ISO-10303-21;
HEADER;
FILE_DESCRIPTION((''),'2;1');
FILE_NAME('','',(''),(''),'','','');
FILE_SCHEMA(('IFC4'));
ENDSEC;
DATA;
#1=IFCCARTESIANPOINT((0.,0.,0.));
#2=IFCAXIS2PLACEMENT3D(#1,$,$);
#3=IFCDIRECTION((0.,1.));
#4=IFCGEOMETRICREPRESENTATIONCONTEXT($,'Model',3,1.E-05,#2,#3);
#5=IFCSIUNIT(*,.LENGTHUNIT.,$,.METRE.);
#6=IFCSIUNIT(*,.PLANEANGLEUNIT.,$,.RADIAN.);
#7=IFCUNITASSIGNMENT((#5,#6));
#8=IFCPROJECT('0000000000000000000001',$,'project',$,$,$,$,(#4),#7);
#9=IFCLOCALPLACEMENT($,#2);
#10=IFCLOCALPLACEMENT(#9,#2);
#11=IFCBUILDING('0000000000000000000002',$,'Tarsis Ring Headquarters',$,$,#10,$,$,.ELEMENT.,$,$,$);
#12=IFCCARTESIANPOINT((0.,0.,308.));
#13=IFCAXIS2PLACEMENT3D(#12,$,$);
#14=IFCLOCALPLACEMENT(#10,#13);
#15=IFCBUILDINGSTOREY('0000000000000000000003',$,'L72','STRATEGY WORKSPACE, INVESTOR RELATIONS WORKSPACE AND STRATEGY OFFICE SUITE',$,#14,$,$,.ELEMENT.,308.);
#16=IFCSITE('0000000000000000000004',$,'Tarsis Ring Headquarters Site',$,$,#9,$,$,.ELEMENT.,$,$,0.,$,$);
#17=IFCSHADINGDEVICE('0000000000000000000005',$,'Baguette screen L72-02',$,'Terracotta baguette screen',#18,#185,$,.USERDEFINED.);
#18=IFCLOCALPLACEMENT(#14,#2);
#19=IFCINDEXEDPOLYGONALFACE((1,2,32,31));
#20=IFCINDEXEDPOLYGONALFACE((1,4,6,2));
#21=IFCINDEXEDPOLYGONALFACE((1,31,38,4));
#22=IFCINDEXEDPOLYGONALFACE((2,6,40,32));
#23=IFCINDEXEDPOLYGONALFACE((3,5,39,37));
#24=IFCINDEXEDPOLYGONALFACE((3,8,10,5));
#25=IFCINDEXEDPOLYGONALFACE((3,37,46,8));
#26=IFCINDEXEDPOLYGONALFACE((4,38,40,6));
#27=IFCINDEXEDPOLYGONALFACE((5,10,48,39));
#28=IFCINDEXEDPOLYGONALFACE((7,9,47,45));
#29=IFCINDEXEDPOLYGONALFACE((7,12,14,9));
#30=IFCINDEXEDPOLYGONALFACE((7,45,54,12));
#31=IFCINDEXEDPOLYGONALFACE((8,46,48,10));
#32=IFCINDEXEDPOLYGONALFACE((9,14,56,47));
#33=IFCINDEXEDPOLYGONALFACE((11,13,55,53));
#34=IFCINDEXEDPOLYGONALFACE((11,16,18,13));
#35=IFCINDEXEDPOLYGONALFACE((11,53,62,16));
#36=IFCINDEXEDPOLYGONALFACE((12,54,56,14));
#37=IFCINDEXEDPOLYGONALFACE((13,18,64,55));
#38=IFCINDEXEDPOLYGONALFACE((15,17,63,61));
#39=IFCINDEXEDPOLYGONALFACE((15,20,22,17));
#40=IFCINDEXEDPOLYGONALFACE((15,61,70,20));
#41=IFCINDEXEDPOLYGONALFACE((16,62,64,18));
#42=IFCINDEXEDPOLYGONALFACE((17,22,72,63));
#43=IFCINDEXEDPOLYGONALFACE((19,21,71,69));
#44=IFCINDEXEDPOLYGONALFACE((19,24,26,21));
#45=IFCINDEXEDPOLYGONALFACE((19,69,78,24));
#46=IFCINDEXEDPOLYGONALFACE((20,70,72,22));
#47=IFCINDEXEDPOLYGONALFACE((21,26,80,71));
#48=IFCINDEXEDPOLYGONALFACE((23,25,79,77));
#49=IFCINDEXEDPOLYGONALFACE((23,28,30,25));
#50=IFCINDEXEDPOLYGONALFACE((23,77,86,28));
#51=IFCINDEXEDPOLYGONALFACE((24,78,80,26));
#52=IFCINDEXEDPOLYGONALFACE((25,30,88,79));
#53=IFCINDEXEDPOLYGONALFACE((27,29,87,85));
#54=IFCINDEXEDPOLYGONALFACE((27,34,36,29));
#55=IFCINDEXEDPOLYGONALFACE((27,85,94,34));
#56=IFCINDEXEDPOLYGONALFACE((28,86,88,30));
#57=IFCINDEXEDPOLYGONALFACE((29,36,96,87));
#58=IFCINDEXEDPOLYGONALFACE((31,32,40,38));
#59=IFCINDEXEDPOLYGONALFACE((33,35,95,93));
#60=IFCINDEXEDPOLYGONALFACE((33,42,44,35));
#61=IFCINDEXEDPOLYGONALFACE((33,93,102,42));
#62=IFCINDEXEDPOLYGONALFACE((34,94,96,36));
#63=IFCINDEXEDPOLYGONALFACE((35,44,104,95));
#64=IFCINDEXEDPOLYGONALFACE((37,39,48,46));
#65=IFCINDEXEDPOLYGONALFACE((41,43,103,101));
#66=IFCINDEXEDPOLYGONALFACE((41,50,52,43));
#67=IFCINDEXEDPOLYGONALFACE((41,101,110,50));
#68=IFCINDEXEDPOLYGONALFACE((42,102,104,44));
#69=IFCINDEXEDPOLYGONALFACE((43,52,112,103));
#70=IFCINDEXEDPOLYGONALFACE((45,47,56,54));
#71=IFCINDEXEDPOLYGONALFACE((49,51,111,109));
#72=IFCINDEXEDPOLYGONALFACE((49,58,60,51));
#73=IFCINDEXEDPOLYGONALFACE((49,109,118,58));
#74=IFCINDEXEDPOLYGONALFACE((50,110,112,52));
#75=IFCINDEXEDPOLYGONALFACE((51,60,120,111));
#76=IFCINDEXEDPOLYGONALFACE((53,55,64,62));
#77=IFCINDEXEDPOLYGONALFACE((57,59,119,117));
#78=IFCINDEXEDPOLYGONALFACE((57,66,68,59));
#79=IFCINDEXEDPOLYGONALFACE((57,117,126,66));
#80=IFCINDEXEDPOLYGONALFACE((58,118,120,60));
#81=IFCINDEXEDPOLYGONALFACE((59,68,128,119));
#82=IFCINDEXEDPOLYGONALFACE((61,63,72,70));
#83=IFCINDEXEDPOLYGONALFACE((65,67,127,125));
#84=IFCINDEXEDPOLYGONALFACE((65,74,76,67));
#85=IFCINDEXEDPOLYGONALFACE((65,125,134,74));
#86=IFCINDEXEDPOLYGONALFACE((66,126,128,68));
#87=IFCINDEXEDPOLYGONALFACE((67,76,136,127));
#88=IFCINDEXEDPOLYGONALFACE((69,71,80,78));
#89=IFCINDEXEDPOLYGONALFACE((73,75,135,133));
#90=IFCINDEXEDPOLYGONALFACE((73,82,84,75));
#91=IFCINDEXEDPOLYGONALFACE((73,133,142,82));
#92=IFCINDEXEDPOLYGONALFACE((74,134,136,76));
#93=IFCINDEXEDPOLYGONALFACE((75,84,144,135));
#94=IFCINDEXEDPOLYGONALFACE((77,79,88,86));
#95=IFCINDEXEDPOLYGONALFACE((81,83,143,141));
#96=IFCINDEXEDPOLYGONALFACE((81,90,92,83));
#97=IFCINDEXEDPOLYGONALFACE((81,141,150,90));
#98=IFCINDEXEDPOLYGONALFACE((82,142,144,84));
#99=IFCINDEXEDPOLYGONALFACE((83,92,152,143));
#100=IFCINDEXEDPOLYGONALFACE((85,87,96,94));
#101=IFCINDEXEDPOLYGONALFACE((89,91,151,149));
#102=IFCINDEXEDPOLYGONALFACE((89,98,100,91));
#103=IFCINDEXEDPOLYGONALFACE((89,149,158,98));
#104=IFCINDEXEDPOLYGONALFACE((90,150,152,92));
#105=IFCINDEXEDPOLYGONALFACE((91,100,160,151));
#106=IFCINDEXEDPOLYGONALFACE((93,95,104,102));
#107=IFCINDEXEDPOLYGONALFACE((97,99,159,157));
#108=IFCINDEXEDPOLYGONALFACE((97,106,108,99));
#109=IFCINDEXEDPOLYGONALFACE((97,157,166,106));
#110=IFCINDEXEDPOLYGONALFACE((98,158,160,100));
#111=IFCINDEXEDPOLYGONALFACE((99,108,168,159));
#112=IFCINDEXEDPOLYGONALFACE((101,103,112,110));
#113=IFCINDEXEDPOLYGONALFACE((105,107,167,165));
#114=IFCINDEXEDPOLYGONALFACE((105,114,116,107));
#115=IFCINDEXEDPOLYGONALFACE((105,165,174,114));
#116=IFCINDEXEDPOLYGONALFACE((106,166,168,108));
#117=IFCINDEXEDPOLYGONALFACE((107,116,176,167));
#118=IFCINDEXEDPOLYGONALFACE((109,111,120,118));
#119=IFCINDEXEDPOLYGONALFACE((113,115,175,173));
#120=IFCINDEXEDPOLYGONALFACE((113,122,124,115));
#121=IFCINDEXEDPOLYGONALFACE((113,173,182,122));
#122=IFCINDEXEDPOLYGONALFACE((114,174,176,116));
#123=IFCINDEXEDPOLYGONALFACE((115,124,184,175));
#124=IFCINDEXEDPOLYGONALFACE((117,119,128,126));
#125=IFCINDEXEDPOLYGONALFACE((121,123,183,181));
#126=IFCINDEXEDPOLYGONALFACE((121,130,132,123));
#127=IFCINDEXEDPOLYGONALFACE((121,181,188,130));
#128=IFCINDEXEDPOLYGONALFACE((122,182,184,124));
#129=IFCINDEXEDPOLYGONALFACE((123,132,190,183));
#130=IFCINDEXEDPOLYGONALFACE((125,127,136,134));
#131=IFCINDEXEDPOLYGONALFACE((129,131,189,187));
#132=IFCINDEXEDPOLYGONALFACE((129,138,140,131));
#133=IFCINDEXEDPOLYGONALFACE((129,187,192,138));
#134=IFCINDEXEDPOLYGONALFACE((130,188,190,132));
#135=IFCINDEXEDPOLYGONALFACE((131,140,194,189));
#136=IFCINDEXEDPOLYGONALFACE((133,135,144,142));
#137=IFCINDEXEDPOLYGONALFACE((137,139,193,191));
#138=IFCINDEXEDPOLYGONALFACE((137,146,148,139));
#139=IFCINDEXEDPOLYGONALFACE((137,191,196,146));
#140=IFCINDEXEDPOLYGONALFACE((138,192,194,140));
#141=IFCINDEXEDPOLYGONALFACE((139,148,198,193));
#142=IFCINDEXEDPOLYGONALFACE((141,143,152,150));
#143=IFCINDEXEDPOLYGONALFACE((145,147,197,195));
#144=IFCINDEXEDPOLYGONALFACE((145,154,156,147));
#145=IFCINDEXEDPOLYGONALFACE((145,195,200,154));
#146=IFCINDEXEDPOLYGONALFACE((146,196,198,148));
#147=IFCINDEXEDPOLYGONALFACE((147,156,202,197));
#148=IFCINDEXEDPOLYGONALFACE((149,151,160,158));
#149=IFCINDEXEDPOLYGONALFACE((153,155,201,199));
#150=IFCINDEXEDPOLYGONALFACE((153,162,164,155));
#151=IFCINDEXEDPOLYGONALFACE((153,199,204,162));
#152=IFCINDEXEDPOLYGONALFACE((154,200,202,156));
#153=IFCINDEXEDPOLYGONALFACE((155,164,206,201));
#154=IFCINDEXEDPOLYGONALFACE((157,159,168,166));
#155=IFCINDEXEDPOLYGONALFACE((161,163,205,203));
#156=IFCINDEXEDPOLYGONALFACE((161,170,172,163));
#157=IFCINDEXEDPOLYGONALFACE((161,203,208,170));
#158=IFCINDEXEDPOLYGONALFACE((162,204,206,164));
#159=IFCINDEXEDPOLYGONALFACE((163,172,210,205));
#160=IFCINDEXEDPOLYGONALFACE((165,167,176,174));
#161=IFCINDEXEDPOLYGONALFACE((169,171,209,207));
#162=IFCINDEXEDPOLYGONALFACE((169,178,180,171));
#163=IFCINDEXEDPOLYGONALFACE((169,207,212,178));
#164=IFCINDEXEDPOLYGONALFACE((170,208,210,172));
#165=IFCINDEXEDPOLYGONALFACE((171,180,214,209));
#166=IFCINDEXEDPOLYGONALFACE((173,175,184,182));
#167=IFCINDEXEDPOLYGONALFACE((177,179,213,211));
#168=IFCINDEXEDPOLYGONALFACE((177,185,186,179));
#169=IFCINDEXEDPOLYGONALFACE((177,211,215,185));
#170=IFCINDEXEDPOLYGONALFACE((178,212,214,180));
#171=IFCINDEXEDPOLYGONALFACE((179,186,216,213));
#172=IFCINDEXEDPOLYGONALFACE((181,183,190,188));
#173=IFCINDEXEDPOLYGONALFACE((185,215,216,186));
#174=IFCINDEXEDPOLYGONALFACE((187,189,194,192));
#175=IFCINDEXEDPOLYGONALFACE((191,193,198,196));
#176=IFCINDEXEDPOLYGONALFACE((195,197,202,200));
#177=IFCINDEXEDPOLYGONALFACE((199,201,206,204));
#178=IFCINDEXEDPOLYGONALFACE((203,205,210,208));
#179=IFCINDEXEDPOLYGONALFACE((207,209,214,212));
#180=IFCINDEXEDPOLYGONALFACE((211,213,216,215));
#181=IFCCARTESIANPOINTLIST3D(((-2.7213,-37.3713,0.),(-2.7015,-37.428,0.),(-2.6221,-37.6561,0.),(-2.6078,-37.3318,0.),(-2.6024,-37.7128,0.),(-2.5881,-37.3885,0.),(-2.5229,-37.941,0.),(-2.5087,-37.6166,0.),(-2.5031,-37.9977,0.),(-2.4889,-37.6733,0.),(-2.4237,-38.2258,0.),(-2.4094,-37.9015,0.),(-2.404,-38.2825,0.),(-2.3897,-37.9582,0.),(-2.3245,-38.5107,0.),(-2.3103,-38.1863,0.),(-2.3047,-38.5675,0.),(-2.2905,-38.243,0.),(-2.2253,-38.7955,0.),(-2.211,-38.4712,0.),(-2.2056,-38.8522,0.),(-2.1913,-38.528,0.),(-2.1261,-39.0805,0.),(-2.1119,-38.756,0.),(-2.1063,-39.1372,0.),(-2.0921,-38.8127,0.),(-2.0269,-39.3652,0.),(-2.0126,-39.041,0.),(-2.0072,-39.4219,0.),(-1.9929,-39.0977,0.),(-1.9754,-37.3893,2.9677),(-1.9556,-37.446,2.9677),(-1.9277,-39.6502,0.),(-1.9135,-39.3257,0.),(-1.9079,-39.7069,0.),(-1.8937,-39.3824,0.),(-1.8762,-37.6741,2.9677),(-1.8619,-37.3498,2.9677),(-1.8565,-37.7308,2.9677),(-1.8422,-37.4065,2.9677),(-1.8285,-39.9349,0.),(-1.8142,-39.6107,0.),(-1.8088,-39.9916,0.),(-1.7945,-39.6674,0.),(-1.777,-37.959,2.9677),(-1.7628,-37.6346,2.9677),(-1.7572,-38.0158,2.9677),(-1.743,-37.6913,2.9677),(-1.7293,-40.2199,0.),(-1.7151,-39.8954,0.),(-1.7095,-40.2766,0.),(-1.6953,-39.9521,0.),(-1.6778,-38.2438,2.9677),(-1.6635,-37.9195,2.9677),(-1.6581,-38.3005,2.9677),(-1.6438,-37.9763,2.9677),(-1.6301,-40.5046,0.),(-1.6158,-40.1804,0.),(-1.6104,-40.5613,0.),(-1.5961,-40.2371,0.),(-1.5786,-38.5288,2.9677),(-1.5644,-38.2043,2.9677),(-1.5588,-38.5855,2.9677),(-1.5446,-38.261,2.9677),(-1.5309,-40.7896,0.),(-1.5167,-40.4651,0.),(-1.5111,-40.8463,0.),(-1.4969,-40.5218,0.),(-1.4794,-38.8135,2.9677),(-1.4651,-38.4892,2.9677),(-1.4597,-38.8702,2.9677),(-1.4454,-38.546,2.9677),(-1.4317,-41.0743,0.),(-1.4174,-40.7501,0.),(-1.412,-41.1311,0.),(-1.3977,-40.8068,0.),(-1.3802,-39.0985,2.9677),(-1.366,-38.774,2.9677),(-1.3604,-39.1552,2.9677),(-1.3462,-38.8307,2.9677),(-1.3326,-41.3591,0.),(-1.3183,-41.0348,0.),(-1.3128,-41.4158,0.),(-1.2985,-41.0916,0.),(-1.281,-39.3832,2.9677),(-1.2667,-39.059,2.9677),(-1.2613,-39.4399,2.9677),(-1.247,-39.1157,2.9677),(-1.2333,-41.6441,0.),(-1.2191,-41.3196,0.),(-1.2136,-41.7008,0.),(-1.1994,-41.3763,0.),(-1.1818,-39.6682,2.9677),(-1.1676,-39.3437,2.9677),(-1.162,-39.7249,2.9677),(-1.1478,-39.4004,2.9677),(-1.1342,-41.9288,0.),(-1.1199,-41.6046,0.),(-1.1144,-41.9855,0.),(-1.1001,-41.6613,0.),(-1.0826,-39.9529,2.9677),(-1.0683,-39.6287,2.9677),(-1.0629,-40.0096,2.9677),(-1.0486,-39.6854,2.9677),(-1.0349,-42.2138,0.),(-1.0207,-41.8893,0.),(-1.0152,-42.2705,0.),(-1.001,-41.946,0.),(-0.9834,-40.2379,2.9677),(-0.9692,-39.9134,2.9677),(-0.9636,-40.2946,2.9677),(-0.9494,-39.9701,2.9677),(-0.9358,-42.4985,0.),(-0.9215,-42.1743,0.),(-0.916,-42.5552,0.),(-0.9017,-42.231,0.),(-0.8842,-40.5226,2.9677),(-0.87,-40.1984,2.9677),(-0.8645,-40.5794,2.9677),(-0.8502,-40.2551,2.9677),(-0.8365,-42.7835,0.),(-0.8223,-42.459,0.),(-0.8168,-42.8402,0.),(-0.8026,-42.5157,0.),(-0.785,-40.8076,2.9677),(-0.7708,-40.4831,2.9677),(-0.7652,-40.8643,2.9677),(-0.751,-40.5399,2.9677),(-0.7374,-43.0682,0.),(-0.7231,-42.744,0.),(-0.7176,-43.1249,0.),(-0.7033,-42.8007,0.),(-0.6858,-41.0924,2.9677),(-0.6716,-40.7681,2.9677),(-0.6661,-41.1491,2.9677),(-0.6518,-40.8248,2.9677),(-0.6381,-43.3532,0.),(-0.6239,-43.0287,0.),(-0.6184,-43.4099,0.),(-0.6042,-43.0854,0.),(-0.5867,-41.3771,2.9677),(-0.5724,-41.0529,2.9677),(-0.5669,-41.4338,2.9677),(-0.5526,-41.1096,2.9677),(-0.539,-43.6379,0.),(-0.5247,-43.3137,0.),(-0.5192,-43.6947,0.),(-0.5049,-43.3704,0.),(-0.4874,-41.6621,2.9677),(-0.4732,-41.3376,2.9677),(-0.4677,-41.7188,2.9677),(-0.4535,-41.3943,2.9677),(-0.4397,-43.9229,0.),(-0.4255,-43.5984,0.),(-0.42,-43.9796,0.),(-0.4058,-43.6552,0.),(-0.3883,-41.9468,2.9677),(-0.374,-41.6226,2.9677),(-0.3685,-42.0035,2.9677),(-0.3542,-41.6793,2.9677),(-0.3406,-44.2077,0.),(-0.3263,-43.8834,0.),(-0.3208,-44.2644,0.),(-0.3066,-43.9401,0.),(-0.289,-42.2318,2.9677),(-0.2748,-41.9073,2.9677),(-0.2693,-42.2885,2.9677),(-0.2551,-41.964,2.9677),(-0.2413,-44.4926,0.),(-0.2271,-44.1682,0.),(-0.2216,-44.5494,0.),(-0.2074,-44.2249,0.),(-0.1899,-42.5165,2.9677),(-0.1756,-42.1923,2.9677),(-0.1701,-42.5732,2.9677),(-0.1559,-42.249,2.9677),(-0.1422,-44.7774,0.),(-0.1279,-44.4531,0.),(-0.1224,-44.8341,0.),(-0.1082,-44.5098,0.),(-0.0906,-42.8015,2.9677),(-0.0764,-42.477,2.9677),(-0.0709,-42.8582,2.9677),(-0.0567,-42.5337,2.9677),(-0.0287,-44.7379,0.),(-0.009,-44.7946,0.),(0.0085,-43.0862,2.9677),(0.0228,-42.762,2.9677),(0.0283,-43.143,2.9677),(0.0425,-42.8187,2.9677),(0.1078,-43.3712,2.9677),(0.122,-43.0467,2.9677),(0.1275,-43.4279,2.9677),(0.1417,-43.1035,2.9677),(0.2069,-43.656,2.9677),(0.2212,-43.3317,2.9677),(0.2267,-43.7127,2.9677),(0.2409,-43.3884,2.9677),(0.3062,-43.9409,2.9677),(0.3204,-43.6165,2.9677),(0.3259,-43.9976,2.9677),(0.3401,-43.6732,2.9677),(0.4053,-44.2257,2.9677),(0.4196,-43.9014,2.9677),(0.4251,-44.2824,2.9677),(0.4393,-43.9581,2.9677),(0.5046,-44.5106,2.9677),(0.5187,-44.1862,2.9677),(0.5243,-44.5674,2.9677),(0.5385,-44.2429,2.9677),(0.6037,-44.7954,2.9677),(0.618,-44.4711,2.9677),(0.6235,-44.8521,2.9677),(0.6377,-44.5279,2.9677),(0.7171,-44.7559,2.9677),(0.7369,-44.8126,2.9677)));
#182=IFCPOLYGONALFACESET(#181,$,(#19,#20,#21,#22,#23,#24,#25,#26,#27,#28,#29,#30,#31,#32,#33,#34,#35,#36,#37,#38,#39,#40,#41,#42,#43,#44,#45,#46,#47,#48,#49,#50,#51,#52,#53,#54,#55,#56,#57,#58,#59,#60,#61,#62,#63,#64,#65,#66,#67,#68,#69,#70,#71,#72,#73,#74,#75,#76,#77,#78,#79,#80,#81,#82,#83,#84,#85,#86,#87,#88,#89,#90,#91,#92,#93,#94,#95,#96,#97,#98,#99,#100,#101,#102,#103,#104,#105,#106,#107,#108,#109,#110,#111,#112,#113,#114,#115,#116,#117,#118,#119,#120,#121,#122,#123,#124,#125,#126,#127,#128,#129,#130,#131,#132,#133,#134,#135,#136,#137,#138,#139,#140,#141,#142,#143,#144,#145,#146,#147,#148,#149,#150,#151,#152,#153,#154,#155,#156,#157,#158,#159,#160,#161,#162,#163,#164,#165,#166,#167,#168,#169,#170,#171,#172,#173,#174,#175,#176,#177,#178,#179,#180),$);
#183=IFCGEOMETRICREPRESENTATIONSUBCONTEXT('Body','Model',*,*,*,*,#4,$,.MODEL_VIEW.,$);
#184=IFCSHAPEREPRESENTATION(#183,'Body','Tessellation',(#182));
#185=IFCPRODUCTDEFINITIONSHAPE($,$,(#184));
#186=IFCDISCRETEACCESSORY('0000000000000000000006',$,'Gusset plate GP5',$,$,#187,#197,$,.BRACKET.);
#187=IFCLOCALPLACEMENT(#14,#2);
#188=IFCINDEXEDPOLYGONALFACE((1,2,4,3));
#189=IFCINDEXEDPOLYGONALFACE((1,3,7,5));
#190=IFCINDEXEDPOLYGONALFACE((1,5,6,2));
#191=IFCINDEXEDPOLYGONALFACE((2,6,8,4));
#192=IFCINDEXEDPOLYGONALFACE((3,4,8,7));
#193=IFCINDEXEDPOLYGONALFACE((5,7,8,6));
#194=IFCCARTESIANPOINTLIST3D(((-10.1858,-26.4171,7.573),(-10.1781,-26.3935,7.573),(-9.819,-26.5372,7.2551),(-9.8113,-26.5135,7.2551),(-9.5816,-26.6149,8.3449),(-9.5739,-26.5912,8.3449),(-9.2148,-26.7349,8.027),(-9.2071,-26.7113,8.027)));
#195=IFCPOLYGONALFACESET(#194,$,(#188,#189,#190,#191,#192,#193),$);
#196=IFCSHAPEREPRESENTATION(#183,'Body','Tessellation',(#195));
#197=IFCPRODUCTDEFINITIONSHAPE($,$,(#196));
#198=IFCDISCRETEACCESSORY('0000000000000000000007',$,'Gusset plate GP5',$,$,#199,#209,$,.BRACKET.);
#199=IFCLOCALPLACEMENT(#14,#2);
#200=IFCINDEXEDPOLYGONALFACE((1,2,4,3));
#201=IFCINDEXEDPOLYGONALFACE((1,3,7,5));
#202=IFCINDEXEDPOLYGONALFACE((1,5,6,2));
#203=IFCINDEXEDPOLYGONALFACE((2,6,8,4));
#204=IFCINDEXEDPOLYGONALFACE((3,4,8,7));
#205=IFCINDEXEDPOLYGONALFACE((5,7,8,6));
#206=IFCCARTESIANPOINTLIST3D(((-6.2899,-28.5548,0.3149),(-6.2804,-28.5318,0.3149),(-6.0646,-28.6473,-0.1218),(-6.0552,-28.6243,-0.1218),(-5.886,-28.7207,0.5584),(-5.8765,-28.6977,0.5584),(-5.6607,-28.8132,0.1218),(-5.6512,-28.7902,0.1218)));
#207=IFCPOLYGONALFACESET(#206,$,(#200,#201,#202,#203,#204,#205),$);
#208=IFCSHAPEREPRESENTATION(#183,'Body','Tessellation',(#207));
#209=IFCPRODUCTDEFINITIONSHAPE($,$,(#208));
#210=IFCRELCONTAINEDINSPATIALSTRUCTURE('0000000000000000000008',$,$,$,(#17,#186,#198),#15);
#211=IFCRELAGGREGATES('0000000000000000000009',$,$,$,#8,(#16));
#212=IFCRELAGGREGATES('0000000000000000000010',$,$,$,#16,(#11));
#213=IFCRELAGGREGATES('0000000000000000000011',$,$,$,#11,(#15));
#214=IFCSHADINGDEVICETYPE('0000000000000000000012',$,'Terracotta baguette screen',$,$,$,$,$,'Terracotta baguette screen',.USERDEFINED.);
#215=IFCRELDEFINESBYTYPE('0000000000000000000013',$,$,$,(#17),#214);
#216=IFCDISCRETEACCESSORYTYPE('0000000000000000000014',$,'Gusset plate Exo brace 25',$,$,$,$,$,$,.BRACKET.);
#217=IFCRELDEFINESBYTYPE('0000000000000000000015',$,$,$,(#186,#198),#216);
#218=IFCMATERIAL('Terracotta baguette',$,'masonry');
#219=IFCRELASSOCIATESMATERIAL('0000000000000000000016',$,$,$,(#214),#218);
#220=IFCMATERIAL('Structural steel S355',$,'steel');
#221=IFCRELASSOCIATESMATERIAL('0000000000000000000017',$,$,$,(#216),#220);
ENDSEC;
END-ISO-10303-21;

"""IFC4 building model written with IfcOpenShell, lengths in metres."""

from ifc_helpers import new_model, si_unit, direction, frame, frame_2d, origin, origin_2d, place, context, subcontext, project, spatial, rectangle, composite_profile, extrude, material, material_profile, profile_set, type_object, element, save


model = new_model("IFC4")

# Units and contexts
model_context = context("Model", 3, precision=1e-05, world=origin(), true_north=direction((0.0, 1.0)))
body_context = subcontext(model_context, "Body", "Model", "MODEL_VIEW")
ifc_project = project(units=[si_unit("LENGTHUNIT", "METRE"), si_unit("PLANEANGLEUNIT", "RADIAN")], contexts=[model_context])

# Site, building, storey
site_placement = place(None, origin())
site = spatial("IfcSite", under=ifc_project, at=site_placement, Name="Tarsis Ring Headquarters Site", CompositionType="ELEMENT", RefElevation=0.0)
building_placement = place(site_placement, origin())
building = spatial("IfcBuilding", under=site, at=building_placement, Name="Tarsis Ring Headquarters", CompositionType="ELEMENT")
storey_placement = place(building_placement, frame((0.0, 0.0, 308.0)))
storey = spatial("IfcBuildingStorey", under=building, at=storey_placement, Name="L72", Description="STRATEGY WORKSPACE, INVESTOR RELATIONS WORKSPACE AND STRATEGY OFFICE SUITE", CompositionType="ELEMENT", Elevation=308.0)

# Shared definitions
ifc_material_1 = material(Name="Structural steel S355", Category="steel")

# Shading device
ifc_material_2 = material(Name="Terracotta baguette", Category="masonry")
shading_device_type = type_object("IfcShadingDeviceType", Name="Terracotta baguette screen", ElementType="Terracotta baguette screen", PredefinedType="USERDEFINED", material=ifc_material_2)
shading_device_1_placement = place(storey_placement, frame((-2.6646, -37.3516, 0.0), z_axis=(0.0, 0.0, 1.0), x_axis=(0.328874, -0.94439, 0.0)))
element("IfcShadingDevice", 1, at=shading_device_1_placement, inside=storey, type_object=shading_device_type, Name="Baguette screen L72-02", ObjectType="Terracotta baguette screen", PredefinedType="USERDEFINED", context=body_context, shape_type="SweptSolid", body=[
    extrude(composite_profile([rectangle(XDim=0.0601, YDim=0.1201, at=frame_2d((0.03, 0.0))), rectangle(XDim=0.0601, YDim=0.1201, at=frame_2d((0.3315, 0.0))), rectangle(XDim=0.0601, YDim=0.1201, at=frame_2d((0.6333, 0.0))), rectangle(XDim=0.0601, YDim=0.1201, at=frame_2d((0.9348, 0.0))), rectangle(XDim=0.0601, YDim=0.1201, at=frame_2d((1.2366, 0.0))), rectangle(XDim=0.0601, YDim=0.1201, at=frame_2d((1.5381, 0.0))), rectangle(XDim=0.0601, YDim=0.1201, at=frame_2d((1.8398, 0.0))), rectangle(XDim=0.0601, YDim=0.1201, at=frame_2d((2.1414, 0.0))), rectangle(XDim=0.0601, YDim=0.1201, at=frame_2d((2.4431, 0.0))), rectangle(XDim=0.0601, YDim=0.1201, at=frame_2d((2.7446, 0.0))), rectangle(XDim=0.0601, YDim=0.1201, at=frame_2d((3.0464, 0.0))), rectangle(XDim=0.0601, YDim=0.1201, at=frame_2d((3.3479, 0.0))), rectangle(XDim=0.0601, YDim=0.1201, at=frame_2d((3.6497, 0.0))), rectangle(XDim=0.0601, YDim=0.1201, at=frame_2d((3.9512, 0.0))), rectangle(XDim=0.0601, YDim=0.1201, at=frame_2d((4.2527, 0.0))), rectangle(XDim=0.0601, YDim=0.1201, at=frame_2d((4.5544, 0.0))), rectangle(XDim=0.0601, YDim=0.1201, at=frame_2d((4.856, 0.0))), rectangle(XDim=0.0601, YDim=0.1201, at=frame_2d((5.1577, 0.0))), rectangle(XDim=0.0601, YDim=0.1201, at=frame_2d((5.4592, 0.0))), rectangle(XDim=0.0601, YDim=0.1201, at=frame_2d((5.761, 0.0))), rectangle(XDim=0.0601, YDim=0.1201, at=frame_2d((6.0625, 0.0))), rectangle(XDim=0.0601, YDim=0.1201, at=frame_2d((6.3643, 0.0))), rectangle(XDim=0.0601, YDim=0.1201, at=frame_2d((6.6658, 0.0))), rectangle(XDim=0.0601, YDim=0.1201, at=frame_2d((6.9675, 0.0))), rectangle(XDim=0.0601, YDim=0.1201, at=frame_2d((7.269, 0.0))), rectangle(XDim=0.0601, YDim=0.1201, at=frame_2d((7.5708, 0.0))), rectangle(XDim=0.0601, YDim=0.1201, at=frame_2d((7.8723, 0.0)))]), origin(), (0.08572, 0.228257, 0.96982), 3.0601),
])

# Discrete accessories
ifc_material_profile_1 = material_profile(ifc_material_1, rectangle(XDim=0.0249, YDim=0.5, at=origin_2d()), Name="PL 25x500")
ifc_profile_set_1 = profile_set([ifc_material_profile_1], Name="Structural steel S355")
discrete_accessory_type = type_object("IfcDiscreteAccessoryType", Name="Gusset plate Exo brace 25", PredefinedType="BRACKET", material=ifc_profile_set_1)
discrete_accessory_1_placement = place(storey_placement, frame((-9.9985, -26.4653, 7.4141), z_axis=(0.604198, -0.197738, 0.771909), x_axis=(0.311039, 0.950397, 0.0)))
element("IfcDiscreteAccessory", 2, at=discrete_accessory_1_placement, inside=storey, type_object=discrete_accessory_type, Name="Gusset plate GP5", PredefinedType="BRACKET", context=body_context, shape_type="SweptSolid", body=[
    extrude(rectangle(XDim=0.0249, YDim=0.5, at=origin_2d()), origin(), (0.0, 0.0, 1.0), 1.0),
])
discrete_accessory_2_placement = place(storey_placement, frame((-5.8579, -28.7188, 0.0), z_axis=(-0.450588, 0.185019, 0.873349), x_axis=(-0.379842, -0.925051, 0.0)))
element("IfcDiscreteAccessory", 3, at=discrete_accessory_2_placement, inside=storey, type_object=discrete_accessory_type, Name="Gusset plate GP5", PredefinedType="BRACKET", context=body_context, shape_type="SweptSolid", body=[
    extrude(rectangle(XDim=0.0249, YDim=0.5, at=origin_2d()), origin(), (0.0, 0.0, 1.0), 0.5),
])

save(model, "model.ifc")
